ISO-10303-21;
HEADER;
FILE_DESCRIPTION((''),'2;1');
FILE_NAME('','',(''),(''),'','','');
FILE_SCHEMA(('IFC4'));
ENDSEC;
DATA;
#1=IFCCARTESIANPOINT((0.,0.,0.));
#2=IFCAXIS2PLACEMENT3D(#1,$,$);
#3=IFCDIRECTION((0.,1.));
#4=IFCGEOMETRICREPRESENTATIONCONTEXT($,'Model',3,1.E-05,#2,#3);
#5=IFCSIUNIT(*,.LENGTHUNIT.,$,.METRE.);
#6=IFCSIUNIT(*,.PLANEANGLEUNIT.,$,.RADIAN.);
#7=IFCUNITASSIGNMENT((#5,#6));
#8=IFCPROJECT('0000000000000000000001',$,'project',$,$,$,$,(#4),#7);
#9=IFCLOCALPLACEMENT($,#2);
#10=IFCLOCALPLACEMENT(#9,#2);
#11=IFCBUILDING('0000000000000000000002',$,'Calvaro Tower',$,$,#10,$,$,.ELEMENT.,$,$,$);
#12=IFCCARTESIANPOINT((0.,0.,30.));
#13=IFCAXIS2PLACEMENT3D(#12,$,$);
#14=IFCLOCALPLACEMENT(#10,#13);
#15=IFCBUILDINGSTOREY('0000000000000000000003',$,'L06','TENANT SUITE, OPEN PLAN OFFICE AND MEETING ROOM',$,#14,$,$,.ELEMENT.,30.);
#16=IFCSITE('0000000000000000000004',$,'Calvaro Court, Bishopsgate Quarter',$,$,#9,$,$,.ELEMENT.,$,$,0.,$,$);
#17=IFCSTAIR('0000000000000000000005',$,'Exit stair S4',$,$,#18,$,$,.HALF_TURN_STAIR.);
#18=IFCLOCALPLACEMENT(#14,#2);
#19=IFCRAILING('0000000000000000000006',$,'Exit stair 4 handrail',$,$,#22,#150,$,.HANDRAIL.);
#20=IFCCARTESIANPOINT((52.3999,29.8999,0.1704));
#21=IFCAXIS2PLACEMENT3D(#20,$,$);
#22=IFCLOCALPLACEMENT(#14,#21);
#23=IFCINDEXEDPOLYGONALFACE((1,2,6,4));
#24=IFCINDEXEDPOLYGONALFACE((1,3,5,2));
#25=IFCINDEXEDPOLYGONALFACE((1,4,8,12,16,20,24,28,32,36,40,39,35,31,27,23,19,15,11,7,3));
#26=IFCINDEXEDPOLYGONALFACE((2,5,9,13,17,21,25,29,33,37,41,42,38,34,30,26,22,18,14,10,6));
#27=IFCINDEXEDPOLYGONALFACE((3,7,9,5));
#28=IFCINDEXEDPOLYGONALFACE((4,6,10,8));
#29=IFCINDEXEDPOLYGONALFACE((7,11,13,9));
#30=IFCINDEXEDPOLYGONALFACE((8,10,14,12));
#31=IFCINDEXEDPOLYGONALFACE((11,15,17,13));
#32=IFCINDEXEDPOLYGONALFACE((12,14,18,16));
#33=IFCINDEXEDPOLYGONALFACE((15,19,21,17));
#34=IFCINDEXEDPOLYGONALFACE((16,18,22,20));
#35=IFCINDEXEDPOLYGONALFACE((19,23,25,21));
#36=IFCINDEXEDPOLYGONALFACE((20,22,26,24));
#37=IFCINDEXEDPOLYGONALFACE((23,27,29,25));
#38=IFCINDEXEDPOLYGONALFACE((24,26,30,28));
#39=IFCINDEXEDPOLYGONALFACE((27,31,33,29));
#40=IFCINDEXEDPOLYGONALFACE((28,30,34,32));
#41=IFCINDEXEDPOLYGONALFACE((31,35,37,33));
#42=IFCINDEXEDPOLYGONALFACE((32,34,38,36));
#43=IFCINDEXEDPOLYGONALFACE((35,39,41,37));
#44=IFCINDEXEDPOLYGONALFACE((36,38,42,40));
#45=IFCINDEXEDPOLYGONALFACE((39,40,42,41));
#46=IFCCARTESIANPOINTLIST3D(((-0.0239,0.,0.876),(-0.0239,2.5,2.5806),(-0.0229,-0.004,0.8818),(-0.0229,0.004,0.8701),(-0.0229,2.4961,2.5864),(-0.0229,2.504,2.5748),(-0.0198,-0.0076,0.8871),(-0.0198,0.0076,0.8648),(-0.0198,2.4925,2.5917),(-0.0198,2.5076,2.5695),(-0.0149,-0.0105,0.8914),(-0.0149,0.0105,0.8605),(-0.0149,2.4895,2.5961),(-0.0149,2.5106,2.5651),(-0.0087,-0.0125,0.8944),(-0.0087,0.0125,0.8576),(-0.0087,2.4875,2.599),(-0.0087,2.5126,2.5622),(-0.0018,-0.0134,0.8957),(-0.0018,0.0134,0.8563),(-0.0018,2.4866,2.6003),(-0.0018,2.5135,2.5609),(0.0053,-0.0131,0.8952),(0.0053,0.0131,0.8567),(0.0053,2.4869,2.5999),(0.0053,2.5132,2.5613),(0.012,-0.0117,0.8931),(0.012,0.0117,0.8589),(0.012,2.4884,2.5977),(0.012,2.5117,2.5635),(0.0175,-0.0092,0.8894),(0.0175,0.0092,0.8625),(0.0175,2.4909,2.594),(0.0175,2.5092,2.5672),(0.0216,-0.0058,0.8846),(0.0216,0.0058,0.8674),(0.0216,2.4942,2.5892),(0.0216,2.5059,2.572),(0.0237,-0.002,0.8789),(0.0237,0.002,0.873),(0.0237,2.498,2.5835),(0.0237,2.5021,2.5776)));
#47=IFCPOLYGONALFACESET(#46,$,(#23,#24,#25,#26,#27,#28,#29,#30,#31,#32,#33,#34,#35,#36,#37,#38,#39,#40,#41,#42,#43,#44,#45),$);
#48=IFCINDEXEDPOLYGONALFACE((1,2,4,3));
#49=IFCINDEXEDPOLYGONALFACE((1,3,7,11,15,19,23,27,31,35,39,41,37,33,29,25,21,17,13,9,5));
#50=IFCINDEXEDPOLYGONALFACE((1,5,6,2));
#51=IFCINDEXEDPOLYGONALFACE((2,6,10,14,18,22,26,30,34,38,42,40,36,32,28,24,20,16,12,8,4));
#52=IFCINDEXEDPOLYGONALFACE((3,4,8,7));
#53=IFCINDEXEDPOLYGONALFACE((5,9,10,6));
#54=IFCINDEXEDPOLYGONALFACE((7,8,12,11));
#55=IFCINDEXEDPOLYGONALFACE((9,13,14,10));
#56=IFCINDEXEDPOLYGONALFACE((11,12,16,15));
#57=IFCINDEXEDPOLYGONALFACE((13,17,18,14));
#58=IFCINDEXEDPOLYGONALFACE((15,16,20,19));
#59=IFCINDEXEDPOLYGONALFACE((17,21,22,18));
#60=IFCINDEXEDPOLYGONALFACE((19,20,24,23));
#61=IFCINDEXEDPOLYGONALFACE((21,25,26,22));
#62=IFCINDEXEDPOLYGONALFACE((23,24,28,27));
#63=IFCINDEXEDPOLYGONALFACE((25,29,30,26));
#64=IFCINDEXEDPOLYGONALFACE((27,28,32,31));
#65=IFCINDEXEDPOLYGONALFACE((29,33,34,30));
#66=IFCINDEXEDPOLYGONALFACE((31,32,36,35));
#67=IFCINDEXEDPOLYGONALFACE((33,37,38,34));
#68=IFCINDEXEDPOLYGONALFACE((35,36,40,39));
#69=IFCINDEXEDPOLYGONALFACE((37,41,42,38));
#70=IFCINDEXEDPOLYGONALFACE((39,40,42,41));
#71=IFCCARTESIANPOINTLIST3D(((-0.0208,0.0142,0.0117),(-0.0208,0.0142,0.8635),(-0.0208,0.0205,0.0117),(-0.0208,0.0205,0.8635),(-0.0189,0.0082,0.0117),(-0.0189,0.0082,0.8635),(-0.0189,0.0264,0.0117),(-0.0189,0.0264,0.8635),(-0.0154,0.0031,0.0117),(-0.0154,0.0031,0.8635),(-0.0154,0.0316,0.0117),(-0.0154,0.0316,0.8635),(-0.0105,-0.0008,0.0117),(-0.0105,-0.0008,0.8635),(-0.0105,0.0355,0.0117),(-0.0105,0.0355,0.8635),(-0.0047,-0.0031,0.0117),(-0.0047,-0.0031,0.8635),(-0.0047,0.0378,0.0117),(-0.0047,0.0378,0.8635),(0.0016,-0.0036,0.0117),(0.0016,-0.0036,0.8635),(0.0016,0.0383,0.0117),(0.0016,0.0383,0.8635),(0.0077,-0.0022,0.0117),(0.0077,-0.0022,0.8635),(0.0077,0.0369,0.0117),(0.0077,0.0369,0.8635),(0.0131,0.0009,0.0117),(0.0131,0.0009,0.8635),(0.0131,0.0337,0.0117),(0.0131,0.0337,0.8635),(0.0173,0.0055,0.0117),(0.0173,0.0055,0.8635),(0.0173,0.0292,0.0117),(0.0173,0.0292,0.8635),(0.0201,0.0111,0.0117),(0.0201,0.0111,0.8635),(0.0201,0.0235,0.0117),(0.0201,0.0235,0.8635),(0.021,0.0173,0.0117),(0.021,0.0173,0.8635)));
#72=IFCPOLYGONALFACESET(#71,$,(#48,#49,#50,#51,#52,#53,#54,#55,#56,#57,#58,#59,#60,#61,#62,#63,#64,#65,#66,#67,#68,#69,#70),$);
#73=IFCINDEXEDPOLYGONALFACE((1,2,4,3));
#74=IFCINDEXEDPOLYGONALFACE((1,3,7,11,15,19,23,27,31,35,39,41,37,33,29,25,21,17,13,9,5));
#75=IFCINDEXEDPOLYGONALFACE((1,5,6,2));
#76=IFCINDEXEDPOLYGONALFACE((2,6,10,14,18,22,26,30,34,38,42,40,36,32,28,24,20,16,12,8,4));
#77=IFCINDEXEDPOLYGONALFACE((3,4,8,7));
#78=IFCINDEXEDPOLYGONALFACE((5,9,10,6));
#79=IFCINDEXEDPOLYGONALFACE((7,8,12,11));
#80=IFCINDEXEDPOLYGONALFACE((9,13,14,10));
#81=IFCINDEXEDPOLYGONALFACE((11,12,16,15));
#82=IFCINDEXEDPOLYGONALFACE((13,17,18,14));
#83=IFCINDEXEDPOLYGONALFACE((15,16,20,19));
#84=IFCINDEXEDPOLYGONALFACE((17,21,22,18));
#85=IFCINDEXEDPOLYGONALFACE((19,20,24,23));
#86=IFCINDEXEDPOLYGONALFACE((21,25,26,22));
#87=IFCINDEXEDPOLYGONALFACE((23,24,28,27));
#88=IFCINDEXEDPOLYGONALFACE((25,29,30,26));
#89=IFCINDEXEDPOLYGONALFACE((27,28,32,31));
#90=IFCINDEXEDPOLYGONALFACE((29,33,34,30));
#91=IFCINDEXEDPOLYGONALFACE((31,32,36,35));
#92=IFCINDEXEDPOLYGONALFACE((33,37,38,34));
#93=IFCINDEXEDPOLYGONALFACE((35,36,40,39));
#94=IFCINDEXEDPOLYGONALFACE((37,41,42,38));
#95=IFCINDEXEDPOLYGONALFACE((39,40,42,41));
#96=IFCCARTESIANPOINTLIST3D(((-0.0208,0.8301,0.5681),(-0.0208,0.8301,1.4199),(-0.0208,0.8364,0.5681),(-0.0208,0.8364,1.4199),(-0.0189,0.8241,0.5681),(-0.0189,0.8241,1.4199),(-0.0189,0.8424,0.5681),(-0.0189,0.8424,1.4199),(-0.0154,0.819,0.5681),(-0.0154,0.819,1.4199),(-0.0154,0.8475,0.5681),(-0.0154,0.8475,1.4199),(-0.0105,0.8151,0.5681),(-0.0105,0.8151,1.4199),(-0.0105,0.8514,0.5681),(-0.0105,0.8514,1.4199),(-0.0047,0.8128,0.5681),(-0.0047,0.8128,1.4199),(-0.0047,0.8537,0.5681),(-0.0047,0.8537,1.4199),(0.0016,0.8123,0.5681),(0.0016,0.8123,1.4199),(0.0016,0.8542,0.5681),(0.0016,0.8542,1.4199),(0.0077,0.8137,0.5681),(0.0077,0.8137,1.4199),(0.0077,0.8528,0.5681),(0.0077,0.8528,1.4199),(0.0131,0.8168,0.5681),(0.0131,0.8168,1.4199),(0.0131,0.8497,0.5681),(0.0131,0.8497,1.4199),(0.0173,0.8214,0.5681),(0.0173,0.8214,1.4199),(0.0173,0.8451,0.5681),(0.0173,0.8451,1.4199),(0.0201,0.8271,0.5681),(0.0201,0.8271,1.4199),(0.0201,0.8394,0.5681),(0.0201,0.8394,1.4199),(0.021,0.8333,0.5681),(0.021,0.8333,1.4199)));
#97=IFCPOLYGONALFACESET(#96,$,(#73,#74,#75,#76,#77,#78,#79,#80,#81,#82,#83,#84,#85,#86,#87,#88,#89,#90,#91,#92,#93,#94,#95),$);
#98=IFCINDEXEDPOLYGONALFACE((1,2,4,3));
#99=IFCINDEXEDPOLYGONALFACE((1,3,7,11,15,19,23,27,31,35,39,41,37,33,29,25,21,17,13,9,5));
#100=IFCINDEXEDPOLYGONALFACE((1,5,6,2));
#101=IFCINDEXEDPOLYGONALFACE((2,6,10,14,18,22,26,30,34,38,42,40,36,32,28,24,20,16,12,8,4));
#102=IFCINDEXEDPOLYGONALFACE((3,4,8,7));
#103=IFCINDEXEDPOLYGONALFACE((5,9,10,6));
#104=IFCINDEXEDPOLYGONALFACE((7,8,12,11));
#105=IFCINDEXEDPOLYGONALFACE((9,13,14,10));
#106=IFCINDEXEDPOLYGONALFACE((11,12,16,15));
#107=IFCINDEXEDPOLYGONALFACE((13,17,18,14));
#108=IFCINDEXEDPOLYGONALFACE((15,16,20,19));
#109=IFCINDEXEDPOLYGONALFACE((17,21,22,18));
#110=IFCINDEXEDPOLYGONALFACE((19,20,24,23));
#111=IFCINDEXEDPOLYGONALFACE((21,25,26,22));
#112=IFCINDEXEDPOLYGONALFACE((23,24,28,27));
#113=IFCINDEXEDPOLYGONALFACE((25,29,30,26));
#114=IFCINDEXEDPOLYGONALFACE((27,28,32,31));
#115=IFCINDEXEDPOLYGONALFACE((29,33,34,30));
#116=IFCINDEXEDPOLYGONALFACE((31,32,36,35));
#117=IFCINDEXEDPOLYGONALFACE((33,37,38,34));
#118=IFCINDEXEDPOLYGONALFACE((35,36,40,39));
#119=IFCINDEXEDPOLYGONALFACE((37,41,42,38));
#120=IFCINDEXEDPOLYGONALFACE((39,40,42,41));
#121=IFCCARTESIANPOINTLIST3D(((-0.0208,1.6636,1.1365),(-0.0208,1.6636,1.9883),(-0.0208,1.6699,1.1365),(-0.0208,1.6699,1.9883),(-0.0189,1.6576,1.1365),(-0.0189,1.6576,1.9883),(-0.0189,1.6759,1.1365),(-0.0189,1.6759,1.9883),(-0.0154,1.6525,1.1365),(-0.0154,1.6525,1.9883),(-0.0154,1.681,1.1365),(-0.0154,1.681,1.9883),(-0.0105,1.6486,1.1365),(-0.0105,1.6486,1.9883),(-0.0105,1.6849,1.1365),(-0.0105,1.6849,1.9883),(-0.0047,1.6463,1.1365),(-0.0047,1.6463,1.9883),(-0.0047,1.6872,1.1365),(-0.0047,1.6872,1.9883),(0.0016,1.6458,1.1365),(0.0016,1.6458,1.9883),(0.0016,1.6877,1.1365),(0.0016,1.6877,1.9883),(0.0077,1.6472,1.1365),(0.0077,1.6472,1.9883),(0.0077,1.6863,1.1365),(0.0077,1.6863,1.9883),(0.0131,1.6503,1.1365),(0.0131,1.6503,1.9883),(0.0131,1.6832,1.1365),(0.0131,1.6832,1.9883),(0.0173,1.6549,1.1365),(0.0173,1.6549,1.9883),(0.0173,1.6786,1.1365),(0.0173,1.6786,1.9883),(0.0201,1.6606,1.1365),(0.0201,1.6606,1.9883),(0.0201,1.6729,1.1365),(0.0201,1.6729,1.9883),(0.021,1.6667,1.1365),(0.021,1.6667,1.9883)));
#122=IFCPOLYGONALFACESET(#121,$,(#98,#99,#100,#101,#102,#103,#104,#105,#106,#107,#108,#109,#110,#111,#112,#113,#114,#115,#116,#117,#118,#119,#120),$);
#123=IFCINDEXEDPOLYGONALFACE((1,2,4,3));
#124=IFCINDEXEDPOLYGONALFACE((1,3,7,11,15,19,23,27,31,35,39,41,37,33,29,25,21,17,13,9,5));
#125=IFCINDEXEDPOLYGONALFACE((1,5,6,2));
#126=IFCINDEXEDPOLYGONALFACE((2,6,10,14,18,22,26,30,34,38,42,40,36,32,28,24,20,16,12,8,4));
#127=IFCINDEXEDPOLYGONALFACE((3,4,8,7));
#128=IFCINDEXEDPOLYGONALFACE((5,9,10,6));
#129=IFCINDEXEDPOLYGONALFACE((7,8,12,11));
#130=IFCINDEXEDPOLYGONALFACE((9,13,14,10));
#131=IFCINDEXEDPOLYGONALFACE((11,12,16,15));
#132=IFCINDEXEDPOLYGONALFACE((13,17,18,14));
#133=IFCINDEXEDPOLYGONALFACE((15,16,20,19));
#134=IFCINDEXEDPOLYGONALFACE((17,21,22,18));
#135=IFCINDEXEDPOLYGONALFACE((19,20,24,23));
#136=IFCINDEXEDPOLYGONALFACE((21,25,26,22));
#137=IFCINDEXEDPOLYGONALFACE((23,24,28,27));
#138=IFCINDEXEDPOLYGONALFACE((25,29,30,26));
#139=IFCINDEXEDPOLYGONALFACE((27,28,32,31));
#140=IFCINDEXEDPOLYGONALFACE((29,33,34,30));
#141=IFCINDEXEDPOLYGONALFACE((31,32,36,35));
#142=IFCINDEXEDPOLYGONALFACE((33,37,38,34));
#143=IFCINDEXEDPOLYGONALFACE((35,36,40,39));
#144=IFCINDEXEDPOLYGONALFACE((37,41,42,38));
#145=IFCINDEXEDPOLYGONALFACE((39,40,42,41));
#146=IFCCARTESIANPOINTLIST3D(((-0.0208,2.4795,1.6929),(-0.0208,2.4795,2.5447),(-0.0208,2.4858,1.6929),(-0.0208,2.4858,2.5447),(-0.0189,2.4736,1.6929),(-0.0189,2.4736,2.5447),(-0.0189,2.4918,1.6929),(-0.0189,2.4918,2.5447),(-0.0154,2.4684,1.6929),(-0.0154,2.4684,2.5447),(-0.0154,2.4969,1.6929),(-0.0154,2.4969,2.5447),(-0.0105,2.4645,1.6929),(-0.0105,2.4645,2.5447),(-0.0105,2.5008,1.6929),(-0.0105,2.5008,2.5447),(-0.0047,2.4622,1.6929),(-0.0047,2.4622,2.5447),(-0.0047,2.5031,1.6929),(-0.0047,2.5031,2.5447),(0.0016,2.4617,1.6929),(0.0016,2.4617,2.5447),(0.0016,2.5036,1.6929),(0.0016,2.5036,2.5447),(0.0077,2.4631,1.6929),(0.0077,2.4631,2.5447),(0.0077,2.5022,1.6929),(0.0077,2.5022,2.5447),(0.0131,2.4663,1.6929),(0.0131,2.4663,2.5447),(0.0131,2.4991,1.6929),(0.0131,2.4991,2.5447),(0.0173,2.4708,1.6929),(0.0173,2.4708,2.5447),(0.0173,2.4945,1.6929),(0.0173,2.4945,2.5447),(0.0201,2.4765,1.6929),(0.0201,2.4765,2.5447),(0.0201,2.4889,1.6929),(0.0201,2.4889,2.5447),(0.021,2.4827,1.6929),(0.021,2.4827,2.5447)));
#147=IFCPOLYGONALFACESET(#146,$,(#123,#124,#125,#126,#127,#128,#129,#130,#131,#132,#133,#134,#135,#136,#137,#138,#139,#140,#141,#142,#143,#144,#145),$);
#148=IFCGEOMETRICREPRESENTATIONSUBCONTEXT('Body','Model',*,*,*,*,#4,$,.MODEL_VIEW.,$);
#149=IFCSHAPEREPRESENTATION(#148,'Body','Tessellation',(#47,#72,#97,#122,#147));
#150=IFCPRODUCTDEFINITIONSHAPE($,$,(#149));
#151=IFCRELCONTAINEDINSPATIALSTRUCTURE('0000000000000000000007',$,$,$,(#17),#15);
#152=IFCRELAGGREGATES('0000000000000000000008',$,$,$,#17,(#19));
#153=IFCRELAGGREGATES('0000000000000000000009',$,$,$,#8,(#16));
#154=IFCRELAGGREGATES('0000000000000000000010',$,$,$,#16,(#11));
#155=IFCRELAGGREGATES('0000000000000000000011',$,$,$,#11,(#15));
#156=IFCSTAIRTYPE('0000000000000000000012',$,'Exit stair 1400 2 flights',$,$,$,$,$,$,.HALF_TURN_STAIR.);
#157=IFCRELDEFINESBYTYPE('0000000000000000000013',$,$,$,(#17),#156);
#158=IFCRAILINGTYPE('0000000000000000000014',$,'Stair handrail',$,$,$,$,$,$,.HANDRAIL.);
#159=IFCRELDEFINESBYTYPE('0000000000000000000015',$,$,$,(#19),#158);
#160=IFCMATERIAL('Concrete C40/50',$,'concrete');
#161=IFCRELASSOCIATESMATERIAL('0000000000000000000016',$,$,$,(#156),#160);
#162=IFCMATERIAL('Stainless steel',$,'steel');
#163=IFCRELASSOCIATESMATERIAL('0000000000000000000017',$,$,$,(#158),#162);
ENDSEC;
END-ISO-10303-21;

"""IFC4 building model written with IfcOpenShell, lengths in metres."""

from ifc_helpers import new_model, si_unit, direction, frame, origin, origin_2d, place, context, subcontext, project, spatial, circle, extrude, material, type_object, element, aggregate, save


model = new_model("IFC4")

# Units and contexts
model_context = context("Model", 3, precision=1e-05, world=origin(), true_north=direction((0.0, 1.0)))
body_context = subcontext(model_context, "Body", "Model", "MODEL_VIEW")
ifc_project = project(units=[si_unit("LENGTHUNIT", "METRE"), si_unit("PLANEANGLEUNIT", "RADIAN")], contexts=[model_context])

# Site, building, storey
site_placement = place(None, origin())
site = spatial("IfcSite", under=ifc_project, at=site_placement, Name="Calvaro Court, Bishopsgate Quarter", CompositionType="ELEMENT", RefElevation=0.0)
building_placement = place(site_placement, origin())
building = spatial("IfcBuilding", under=site, at=building_placement, Name="Calvaro Tower", CompositionType="ELEMENT")
storey_placement = place(building_placement, frame((0.0, 0.0, 30.0)))
storey = spatial("IfcBuildingStorey", under=building, at=storey_placement, Name="L06", Description="TENANT SUITE, OPEN PLAN OFFICE AND MEETING ROOM", CompositionType="ELEMENT", Elevation=30.0)

# Shared definitions
ifc_material_1 = material(Name="Concrete C40/50", Category="concrete")
stair_type = type_object("IfcStairType", Name="Exit stair 1400 2 flights", PredefinedType="HALF_TURN_STAIR", material=ifc_material_1)

# Stair
stair_1_placement = place(storey_placement, origin())
stair_1 = element("IfcStair", 1, at=stair_1_placement, inside=storey, type_object=stair_type, Name="Exit stair S4", PredefinedType="HALF_TURN_STAIR")

# Railing
ifc_material_2 = material(Name="Stainless steel", Category="steel")
railing_type = type_object("IfcRailingType", Name="Stair handrail", PredefinedType="HANDRAIL", material=ifc_material_2)
railing_1_placement = place(storey_placement, frame((52.3999, 29.8999, 0.1704)))
railing_1 = element("IfcRailing", 2, at=railing_1_placement, type_object=railing_type, Name="Exit stair 4 handrail", PredefinedType="HANDRAIL", context=body_context, shape_type="SweptSolid", body=[
    extrude(circle(Radius=0.0239, at=origin_2d()), frame((0.0, 0.0, 0.876), z_axis=(0.0, 0.826221, 0.563347), x_axis=(-1.0, 0.0, 0.0)), (0.0, 0.0, 1.0), 3.0259),
    extrude(circle(Radius=0.021, at=origin_2d()), frame((0.0, 0.0173, 0.0117)), (0.0, 0.0, 1.0), 0.8518),
    extrude(circle(Radius=0.021, at=origin_2d()), frame((0.0, 0.8333, 0.5681)), (0.0, 0.0, 1.0), 0.8518),
    extrude(circle(Radius=0.021, at=origin_2d()), frame((0.0, 1.6667, 1.1365)), (0.0, 0.0, 1.0), 0.8518),
    extrude(circle(Radius=0.021, at=origin_2d()), frame((0.0, 2.4827, 1.6929)), (0.0, 0.0, 1.0), 0.8518),
])
aggregate(stair_1, [railing_1])

save(model, "model.ifc")
